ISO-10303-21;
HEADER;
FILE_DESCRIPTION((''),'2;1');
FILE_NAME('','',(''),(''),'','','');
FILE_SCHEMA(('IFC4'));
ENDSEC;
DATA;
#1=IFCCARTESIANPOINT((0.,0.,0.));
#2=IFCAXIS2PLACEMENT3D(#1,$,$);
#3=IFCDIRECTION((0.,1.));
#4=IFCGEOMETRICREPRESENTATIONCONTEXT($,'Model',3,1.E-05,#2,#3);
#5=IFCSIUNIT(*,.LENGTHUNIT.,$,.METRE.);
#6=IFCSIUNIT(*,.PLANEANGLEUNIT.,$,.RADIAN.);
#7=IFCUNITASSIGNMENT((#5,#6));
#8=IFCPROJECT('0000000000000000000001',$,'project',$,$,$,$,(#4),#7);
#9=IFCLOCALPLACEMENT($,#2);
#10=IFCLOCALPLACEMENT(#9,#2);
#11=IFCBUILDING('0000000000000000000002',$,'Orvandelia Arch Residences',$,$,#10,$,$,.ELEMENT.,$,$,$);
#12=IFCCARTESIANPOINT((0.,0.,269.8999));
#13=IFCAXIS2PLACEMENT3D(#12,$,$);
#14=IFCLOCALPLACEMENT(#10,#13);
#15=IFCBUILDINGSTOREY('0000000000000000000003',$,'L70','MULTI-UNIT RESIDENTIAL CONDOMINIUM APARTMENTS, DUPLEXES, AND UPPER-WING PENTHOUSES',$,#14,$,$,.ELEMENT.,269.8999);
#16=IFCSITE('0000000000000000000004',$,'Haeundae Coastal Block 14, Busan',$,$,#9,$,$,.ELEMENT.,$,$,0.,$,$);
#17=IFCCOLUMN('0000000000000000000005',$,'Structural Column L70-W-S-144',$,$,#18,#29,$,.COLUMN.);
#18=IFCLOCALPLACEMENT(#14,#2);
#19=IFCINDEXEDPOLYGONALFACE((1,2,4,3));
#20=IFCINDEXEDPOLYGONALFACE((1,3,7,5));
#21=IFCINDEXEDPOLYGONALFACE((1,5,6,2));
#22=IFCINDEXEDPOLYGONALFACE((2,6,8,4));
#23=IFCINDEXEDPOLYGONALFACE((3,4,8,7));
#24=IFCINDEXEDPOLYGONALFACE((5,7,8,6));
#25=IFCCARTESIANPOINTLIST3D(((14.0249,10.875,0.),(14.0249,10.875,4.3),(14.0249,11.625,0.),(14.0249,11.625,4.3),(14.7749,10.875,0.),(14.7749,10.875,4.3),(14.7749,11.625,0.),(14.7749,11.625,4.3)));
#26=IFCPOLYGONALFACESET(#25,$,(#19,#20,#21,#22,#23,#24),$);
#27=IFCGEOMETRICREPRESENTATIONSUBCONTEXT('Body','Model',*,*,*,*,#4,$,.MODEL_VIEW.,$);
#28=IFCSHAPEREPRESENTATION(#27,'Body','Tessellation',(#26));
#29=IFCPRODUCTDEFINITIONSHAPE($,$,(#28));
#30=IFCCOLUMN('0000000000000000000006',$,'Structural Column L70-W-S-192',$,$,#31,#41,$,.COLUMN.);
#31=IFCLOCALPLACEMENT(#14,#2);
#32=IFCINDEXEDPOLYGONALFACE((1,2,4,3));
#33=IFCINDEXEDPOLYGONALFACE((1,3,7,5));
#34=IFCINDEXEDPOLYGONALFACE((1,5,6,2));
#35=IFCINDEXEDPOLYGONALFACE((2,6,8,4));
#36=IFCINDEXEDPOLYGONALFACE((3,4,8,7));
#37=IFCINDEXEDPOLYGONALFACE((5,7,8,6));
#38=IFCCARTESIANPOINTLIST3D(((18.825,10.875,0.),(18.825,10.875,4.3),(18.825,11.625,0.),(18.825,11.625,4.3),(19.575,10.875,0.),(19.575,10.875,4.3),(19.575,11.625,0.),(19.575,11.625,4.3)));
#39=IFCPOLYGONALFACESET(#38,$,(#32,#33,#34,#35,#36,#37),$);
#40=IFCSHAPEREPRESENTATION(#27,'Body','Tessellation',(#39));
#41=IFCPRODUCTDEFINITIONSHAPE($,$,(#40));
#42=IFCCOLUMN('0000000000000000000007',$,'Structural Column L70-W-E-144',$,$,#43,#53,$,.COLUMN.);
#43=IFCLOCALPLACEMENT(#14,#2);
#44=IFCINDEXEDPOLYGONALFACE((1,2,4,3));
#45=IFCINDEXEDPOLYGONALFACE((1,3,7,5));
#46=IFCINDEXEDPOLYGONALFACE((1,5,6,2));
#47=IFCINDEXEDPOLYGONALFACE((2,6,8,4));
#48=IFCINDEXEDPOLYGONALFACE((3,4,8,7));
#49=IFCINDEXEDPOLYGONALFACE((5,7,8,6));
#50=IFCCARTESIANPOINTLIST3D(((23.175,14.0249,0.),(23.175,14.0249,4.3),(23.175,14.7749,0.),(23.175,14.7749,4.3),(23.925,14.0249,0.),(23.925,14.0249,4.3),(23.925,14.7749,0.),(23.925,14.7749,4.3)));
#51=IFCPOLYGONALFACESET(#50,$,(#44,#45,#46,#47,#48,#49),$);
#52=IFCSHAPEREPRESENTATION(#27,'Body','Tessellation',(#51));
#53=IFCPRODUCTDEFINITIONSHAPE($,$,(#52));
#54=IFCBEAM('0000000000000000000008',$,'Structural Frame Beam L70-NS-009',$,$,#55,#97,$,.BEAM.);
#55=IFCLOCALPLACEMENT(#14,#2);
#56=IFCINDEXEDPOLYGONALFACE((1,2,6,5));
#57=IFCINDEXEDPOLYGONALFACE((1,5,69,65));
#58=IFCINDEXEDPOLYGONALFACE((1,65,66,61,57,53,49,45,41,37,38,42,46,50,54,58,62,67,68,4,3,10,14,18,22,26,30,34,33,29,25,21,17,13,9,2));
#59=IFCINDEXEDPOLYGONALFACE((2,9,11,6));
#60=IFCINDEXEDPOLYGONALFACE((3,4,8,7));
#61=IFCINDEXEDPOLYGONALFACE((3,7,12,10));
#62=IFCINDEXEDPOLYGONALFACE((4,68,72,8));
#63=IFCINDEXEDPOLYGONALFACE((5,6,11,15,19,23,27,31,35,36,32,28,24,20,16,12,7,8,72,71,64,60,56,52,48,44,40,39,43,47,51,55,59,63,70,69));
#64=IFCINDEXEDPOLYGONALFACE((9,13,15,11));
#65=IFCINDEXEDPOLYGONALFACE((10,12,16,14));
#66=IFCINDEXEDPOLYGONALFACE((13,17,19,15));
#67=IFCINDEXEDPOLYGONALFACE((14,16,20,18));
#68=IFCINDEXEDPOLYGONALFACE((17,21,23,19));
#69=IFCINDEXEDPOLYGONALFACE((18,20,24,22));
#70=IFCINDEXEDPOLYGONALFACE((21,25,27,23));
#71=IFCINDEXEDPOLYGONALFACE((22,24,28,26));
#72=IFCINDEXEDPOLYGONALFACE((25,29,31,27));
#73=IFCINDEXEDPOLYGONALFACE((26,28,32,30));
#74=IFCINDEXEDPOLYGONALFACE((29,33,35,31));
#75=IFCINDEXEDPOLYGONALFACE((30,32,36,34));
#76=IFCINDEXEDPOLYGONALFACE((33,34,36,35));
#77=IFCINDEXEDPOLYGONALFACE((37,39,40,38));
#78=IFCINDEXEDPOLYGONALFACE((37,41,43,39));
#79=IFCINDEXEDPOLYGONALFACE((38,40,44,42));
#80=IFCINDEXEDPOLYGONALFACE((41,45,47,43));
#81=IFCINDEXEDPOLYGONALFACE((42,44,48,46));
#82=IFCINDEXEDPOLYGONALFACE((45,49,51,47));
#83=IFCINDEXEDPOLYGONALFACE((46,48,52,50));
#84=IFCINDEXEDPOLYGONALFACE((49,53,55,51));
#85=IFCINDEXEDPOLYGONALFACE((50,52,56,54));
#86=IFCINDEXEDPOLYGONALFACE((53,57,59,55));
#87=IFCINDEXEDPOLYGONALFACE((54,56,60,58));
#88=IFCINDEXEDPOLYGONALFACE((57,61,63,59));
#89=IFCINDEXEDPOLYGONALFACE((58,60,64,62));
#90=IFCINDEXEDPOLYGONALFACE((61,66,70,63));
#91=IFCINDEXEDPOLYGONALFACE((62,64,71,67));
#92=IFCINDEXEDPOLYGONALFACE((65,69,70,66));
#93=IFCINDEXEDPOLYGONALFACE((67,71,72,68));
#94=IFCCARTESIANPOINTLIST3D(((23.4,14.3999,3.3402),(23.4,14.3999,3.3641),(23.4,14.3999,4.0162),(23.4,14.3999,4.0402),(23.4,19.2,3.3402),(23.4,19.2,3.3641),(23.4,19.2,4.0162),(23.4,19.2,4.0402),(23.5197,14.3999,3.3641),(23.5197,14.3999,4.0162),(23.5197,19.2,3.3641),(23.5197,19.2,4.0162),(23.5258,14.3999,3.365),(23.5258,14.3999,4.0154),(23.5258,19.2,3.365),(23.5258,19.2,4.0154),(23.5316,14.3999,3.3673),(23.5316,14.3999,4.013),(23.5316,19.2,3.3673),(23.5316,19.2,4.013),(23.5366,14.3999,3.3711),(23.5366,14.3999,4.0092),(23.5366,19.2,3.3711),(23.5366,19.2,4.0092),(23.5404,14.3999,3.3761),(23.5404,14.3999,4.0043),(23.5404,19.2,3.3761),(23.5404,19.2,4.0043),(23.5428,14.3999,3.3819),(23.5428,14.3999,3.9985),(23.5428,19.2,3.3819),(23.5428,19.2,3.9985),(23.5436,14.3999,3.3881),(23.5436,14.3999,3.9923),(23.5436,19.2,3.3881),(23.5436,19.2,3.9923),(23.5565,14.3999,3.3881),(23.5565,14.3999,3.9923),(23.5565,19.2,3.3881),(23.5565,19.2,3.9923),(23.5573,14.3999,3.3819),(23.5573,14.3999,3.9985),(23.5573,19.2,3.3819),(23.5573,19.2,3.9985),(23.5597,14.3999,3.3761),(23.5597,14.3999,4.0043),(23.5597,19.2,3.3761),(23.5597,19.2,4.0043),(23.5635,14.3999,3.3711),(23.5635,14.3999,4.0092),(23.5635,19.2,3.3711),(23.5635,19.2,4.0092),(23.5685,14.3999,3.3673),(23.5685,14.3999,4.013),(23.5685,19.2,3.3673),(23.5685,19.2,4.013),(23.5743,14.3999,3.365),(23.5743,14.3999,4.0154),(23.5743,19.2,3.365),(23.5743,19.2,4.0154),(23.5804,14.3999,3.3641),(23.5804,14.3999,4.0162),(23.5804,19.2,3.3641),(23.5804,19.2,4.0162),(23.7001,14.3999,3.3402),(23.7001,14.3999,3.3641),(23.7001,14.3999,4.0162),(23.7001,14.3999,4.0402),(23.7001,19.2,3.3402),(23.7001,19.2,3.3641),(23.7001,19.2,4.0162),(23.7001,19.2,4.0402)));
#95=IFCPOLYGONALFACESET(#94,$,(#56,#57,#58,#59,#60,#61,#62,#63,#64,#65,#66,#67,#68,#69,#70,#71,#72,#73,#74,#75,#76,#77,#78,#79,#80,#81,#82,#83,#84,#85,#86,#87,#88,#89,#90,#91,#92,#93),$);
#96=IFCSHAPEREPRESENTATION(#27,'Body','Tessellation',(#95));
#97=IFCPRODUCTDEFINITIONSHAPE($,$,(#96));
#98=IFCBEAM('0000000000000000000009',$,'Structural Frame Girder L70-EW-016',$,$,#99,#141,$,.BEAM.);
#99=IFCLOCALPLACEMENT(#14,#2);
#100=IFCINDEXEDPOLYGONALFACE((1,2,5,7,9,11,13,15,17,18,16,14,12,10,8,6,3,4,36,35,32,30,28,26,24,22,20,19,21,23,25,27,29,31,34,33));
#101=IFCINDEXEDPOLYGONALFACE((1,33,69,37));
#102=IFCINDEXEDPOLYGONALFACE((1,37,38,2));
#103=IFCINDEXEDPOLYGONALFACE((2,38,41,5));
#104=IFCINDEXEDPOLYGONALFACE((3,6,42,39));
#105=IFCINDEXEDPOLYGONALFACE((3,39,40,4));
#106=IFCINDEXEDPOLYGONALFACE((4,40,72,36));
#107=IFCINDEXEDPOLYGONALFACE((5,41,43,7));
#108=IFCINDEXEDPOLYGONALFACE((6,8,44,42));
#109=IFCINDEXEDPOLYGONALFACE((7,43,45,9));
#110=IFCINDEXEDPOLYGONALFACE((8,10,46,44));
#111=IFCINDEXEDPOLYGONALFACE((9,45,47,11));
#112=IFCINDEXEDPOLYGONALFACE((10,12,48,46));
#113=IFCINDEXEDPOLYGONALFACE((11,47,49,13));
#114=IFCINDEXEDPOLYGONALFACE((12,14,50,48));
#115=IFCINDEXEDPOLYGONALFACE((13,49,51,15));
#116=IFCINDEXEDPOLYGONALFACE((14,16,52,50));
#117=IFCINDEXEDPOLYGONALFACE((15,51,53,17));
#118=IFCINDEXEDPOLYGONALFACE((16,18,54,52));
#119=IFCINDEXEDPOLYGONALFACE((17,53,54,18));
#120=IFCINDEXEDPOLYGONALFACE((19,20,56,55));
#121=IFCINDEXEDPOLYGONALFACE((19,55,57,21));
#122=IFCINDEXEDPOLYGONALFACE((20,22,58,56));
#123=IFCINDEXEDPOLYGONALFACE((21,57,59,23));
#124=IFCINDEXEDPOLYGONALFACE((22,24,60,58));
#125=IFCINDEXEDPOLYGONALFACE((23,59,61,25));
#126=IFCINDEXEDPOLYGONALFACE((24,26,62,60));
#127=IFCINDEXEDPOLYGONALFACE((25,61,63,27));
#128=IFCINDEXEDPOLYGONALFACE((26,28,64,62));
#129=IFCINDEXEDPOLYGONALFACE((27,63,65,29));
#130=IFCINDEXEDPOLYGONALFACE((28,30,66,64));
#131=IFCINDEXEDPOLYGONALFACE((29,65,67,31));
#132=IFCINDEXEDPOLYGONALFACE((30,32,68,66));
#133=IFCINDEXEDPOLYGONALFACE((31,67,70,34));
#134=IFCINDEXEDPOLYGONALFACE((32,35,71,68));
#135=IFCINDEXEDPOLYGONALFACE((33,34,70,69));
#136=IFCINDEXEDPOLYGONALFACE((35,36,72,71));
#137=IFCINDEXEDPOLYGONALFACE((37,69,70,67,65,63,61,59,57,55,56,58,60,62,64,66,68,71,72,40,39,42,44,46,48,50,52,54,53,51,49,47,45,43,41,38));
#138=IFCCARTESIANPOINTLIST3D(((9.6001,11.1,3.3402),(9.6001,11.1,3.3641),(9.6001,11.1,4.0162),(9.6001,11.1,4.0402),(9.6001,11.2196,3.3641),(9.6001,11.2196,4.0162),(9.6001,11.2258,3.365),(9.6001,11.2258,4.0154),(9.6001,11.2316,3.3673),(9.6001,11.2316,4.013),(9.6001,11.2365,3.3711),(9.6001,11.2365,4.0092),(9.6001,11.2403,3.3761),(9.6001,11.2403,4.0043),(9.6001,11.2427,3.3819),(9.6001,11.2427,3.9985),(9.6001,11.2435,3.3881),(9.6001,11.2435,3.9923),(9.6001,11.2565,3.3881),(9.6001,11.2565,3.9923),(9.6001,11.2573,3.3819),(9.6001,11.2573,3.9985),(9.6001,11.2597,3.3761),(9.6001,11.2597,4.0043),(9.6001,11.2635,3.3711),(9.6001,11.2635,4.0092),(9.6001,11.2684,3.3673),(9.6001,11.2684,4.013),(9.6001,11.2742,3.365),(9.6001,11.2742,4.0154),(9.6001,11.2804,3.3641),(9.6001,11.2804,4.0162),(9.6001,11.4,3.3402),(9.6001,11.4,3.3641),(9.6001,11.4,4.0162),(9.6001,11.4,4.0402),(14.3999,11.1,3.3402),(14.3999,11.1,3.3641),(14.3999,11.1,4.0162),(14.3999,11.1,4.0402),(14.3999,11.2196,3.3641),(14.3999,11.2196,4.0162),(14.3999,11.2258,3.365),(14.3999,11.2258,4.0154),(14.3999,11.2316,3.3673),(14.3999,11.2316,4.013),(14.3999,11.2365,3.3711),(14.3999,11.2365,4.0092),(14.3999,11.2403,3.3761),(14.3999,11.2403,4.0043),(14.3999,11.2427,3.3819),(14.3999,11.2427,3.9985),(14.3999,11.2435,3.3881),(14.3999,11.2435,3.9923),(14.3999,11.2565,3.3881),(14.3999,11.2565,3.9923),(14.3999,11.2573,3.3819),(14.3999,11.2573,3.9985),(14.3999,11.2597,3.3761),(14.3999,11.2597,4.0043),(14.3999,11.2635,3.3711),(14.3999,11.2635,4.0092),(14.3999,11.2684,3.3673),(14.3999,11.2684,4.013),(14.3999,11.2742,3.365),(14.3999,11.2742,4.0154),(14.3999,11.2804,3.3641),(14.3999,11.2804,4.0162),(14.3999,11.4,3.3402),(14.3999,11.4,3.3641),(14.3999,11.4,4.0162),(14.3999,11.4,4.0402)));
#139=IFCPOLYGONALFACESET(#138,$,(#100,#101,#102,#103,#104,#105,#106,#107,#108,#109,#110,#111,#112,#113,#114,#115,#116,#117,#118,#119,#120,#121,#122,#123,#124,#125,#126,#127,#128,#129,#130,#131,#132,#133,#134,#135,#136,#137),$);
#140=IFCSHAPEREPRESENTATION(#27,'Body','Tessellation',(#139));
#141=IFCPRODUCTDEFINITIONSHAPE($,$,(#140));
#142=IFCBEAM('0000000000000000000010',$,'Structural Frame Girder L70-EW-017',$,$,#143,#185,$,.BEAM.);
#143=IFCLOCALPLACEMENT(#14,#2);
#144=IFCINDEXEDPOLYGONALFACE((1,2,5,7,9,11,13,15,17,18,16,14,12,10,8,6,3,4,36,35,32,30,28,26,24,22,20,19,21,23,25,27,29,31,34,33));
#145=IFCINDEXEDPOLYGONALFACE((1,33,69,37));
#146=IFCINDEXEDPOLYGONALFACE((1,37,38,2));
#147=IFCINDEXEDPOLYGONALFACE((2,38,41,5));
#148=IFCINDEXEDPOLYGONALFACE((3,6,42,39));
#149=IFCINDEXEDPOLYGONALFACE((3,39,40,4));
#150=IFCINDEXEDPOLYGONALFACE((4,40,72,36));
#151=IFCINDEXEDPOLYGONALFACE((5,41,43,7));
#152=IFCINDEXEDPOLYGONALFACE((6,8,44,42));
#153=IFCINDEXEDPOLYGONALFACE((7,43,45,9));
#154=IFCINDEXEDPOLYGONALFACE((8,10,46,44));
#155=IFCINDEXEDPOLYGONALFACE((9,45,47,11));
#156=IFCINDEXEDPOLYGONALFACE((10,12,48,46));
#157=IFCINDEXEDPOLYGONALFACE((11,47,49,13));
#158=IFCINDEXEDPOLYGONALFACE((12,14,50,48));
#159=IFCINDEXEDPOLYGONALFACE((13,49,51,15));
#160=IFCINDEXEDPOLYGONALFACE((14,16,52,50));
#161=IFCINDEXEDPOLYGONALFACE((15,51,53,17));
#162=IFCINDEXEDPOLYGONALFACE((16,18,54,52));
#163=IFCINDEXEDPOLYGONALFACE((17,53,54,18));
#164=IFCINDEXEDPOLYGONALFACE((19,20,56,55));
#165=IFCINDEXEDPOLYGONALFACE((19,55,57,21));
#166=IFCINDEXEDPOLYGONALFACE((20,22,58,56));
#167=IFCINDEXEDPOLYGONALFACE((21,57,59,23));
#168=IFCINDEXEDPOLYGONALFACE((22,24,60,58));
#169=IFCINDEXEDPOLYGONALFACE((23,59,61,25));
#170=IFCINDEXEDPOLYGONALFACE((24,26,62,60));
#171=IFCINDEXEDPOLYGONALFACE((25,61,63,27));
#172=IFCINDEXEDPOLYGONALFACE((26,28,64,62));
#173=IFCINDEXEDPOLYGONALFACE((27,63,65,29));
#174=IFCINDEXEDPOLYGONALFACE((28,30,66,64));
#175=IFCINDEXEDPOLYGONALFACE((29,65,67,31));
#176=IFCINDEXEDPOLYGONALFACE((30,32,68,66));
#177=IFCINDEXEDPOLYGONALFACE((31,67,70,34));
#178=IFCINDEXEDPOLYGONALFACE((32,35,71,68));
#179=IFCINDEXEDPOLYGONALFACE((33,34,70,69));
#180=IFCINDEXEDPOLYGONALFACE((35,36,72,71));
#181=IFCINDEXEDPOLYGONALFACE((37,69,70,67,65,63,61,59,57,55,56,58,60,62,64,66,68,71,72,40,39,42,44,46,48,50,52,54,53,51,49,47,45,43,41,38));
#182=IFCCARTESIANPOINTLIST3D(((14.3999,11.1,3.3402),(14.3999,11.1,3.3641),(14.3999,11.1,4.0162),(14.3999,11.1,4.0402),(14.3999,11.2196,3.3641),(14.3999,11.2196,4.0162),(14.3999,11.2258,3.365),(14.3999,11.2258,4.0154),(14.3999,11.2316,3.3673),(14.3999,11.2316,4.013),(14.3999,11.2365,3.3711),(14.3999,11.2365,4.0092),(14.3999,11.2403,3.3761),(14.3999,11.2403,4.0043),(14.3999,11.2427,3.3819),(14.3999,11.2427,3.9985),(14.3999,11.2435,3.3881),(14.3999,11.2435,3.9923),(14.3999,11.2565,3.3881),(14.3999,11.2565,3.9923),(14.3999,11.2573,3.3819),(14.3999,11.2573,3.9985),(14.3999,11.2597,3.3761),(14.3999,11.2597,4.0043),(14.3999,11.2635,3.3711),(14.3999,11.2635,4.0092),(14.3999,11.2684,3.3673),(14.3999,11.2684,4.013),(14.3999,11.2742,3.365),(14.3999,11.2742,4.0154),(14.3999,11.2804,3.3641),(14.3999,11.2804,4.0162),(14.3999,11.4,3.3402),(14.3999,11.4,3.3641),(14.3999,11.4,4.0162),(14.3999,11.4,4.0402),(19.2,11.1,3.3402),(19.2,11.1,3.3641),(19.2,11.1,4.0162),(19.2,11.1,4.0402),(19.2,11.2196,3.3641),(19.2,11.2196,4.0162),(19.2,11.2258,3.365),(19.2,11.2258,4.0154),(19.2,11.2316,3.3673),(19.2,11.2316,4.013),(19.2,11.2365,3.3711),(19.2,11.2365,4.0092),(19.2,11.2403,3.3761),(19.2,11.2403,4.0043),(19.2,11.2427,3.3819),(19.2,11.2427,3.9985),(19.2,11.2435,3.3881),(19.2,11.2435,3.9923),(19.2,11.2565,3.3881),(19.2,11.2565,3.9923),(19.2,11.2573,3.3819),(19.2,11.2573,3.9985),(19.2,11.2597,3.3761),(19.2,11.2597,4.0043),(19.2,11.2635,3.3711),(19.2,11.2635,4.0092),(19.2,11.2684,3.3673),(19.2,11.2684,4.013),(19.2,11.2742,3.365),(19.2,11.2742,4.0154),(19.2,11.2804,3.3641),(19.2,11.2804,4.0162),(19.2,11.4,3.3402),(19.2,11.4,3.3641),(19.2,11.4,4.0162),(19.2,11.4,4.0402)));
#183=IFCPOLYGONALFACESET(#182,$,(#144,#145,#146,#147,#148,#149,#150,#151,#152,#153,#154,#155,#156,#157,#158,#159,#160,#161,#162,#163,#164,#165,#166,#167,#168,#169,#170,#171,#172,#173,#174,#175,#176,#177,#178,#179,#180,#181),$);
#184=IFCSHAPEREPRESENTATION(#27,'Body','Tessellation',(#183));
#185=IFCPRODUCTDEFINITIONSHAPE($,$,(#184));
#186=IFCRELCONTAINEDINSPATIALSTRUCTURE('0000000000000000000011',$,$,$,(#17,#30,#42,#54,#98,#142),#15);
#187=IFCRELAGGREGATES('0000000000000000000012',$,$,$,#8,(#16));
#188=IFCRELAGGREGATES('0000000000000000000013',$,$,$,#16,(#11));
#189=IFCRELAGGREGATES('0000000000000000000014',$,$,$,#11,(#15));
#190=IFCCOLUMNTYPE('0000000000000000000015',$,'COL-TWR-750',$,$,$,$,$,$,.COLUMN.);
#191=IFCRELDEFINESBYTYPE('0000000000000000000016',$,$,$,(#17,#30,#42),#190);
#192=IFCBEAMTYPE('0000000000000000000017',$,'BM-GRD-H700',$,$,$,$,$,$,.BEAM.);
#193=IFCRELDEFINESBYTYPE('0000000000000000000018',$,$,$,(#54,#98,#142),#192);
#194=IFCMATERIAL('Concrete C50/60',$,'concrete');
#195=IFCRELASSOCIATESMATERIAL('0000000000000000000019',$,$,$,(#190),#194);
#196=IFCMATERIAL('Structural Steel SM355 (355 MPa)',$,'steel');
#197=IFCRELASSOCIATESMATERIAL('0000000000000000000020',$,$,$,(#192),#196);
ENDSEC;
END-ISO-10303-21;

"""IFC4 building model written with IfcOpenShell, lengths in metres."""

from ifc_helpers import new_model, si_unit, direction, frame, origin, origin_2d, place, context, subcontext, project, spatial, rectangle, i_section, extrude, material, material_profile, profile_set, type_object, element, save


model = new_model("IFC4")

# Units and contexts
model_context = context("Model", 3, precision=1e-05, world=origin(), true_north=direction((0.0, 1.0)))
body_context = subcontext(model_context, "Body", "Model", "MODEL_VIEW")
ifc_project = project(units=[si_unit("LENGTHUNIT", "METRE"), si_unit("PLANEANGLEUNIT", "RADIAN")], contexts=[model_context])

# Site, building, storey
site_placement = place(None, origin())
site = spatial("IfcSite", under=ifc_project, at=site_placement, Name="Haeundae Coastal Block 14, Busan", CompositionType="ELEMENT", RefElevation=0.0)
building_placement = place(site_placement, origin())
building = spatial("IfcBuilding", under=site, at=building_placement, Name="Orvandelia Arch Residences", CompositionType="ELEMENT")
storey_placement = place(building_placement, frame((0.0, 0.0, 269.8999)))
storey = spatial("IfcBuildingStorey", under=building, at=storey_placement, Name="L70", Description="MULTI-UNIT RESIDENTIAL CONDOMINIUM APARTMENTS, DUPLEXES, AND UPPER-WING PENTHOUSES", CompositionType="ELEMENT", Elevation=269.8999)

# Columns
ifc_material_1 = material(Name="Concrete C50/60", Category="concrete")
ifc_material_profile_1 = material_profile(ifc_material_1, rectangle(XDim=0.75, YDim=0.75, at=origin_2d()), Name="Concrete C50/60", Category="concrete")
ifc_profile_set_1 = profile_set([ifc_material_profile_1], Name="Concrete C50/60")
column_type = type_object("IfcColumnType", Name="COL-TWR-750", PredefinedType="COLUMN", material=ifc_profile_set_1)
for number, where, z_axis, x_axis, name in (
    (1, (14.3999, 11.25, 0.0), (0.0, 0.0, 1.0), (1.0, 0.0, 0.0), "Structural Column L70-W-S-144"),
    (2, (19.2, 11.25, 0.0), (0.0, 0.0, 1.0), (1.0, 0.0, 0.0), "Structural Column L70-W-S-192"),
    (3, (23.55, 14.3999, 0.0), (0.0, 0.0, 1.0), (1.0, 0.0, 0.0), "Structural Column L70-W-E-144"),
):
    element("IfcColumn", number, at=place(storey_placement, frame(where, z_axis=z_axis, x_axis=x_axis)), inside=storey, type_object=column_type, Name=name, PredefinedType="COLUMN", context=body_context, shape_type="SweptSolid", body=[
        extrude(rectangle(XDim=0.75, YDim=0.75, at=origin_2d()), origin(), (0.0, 0.0, 1.0), 4.3),
    ])

# Beams
ifc_material_2 = material(Name="Structural Steel SM355 (355 MPa)", Category="steel")
ifc_material_profile_2 = material_profile(ifc_material_2, i_section(OverallWidth=0.3, OverallDepth=0.7, WebThickness=0.0129, FlangeThickness=0.0239, FilletRadius=0.0239, at=origin_2d()), Name="Structural Steel SM355 (355 MPa)", Category="steel")
ifc_profile_set_2 = profile_set([ifc_material_profile_2], Name="Structural Steel SM355 (355 MPa)")
beam_type = type_object("IfcBeamType", Name="BM-GRD-H700", PredefinedType="BEAM", material=ifc_profile_set_2)
beam_1_placement = place(storey_placement, frame((23.55, 14.3999, 3.6902), z_axis=(0.0, 1.0, 0.0), x_axis=(-1.0, 0.0, 0.0)))
element("IfcBeam", 4, at=beam_1_placement, inside=storey, type_object=beam_type, Name="Structural Frame Beam L70-NS-009", PredefinedType="BEAM", context=body_context, shape_type="SweptSolid", body=[
    extrude(i_section(OverallWidth=0.3, OverallDepth=0.7, WebThickness=0.0129, FlangeThickness=0.0239, FilletRadius=0.0239, at=origin_2d()), origin(), (0.0, 0.0, 1.0), 4.8),
])
beam_2_placement = place(storey_placement, frame((9.6001, 11.25, 3.6902), z_axis=(1.0, 0.0, 0.0), x_axis=(0.0, 1.0, 0.0)))
element("IfcBeam", 5, at=beam_2_placement, inside=storey, type_object=beam_type, Name="Structural Frame Girder L70-EW-016", PredefinedType="BEAM", context=body_context, shape_type="SweptSolid", body=[
    extrude(i_section(OverallWidth=0.3, OverallDepth=0.7, WebThickness=0.0129, FlangeThickness=0.0239, FilletRadius=0.0239, at=origin_2d()), origin(), (0.0, 0.0, 1.0), 4.7998),
])
beam_3_placement = place(storey_placement, frame((14.3999, 11.25, 3.6902), z_axis=(1.0, 0.0, 0.0), x_axis=(0.0, 1.0, 0.0)))
element("IfcBeam", 6, at=beam_3_placement, inside=storey, type_object=beam_type, Name="Structural Frame Girder L70-EW-017", PredefinedType="BEAM", context=body_context, shape_type="SweptSolid", body=[
    extrude(i_section(OverallWidth=0.3, OverallDepth=0.7, WebThickness=0.0129, FlangeThickness=0.0239, FilletRadius=0.0239, at=origin_2d()), origin(), (0.0, 0.0, 1.0), 4.8),
])

save(model, "model.ifc")
